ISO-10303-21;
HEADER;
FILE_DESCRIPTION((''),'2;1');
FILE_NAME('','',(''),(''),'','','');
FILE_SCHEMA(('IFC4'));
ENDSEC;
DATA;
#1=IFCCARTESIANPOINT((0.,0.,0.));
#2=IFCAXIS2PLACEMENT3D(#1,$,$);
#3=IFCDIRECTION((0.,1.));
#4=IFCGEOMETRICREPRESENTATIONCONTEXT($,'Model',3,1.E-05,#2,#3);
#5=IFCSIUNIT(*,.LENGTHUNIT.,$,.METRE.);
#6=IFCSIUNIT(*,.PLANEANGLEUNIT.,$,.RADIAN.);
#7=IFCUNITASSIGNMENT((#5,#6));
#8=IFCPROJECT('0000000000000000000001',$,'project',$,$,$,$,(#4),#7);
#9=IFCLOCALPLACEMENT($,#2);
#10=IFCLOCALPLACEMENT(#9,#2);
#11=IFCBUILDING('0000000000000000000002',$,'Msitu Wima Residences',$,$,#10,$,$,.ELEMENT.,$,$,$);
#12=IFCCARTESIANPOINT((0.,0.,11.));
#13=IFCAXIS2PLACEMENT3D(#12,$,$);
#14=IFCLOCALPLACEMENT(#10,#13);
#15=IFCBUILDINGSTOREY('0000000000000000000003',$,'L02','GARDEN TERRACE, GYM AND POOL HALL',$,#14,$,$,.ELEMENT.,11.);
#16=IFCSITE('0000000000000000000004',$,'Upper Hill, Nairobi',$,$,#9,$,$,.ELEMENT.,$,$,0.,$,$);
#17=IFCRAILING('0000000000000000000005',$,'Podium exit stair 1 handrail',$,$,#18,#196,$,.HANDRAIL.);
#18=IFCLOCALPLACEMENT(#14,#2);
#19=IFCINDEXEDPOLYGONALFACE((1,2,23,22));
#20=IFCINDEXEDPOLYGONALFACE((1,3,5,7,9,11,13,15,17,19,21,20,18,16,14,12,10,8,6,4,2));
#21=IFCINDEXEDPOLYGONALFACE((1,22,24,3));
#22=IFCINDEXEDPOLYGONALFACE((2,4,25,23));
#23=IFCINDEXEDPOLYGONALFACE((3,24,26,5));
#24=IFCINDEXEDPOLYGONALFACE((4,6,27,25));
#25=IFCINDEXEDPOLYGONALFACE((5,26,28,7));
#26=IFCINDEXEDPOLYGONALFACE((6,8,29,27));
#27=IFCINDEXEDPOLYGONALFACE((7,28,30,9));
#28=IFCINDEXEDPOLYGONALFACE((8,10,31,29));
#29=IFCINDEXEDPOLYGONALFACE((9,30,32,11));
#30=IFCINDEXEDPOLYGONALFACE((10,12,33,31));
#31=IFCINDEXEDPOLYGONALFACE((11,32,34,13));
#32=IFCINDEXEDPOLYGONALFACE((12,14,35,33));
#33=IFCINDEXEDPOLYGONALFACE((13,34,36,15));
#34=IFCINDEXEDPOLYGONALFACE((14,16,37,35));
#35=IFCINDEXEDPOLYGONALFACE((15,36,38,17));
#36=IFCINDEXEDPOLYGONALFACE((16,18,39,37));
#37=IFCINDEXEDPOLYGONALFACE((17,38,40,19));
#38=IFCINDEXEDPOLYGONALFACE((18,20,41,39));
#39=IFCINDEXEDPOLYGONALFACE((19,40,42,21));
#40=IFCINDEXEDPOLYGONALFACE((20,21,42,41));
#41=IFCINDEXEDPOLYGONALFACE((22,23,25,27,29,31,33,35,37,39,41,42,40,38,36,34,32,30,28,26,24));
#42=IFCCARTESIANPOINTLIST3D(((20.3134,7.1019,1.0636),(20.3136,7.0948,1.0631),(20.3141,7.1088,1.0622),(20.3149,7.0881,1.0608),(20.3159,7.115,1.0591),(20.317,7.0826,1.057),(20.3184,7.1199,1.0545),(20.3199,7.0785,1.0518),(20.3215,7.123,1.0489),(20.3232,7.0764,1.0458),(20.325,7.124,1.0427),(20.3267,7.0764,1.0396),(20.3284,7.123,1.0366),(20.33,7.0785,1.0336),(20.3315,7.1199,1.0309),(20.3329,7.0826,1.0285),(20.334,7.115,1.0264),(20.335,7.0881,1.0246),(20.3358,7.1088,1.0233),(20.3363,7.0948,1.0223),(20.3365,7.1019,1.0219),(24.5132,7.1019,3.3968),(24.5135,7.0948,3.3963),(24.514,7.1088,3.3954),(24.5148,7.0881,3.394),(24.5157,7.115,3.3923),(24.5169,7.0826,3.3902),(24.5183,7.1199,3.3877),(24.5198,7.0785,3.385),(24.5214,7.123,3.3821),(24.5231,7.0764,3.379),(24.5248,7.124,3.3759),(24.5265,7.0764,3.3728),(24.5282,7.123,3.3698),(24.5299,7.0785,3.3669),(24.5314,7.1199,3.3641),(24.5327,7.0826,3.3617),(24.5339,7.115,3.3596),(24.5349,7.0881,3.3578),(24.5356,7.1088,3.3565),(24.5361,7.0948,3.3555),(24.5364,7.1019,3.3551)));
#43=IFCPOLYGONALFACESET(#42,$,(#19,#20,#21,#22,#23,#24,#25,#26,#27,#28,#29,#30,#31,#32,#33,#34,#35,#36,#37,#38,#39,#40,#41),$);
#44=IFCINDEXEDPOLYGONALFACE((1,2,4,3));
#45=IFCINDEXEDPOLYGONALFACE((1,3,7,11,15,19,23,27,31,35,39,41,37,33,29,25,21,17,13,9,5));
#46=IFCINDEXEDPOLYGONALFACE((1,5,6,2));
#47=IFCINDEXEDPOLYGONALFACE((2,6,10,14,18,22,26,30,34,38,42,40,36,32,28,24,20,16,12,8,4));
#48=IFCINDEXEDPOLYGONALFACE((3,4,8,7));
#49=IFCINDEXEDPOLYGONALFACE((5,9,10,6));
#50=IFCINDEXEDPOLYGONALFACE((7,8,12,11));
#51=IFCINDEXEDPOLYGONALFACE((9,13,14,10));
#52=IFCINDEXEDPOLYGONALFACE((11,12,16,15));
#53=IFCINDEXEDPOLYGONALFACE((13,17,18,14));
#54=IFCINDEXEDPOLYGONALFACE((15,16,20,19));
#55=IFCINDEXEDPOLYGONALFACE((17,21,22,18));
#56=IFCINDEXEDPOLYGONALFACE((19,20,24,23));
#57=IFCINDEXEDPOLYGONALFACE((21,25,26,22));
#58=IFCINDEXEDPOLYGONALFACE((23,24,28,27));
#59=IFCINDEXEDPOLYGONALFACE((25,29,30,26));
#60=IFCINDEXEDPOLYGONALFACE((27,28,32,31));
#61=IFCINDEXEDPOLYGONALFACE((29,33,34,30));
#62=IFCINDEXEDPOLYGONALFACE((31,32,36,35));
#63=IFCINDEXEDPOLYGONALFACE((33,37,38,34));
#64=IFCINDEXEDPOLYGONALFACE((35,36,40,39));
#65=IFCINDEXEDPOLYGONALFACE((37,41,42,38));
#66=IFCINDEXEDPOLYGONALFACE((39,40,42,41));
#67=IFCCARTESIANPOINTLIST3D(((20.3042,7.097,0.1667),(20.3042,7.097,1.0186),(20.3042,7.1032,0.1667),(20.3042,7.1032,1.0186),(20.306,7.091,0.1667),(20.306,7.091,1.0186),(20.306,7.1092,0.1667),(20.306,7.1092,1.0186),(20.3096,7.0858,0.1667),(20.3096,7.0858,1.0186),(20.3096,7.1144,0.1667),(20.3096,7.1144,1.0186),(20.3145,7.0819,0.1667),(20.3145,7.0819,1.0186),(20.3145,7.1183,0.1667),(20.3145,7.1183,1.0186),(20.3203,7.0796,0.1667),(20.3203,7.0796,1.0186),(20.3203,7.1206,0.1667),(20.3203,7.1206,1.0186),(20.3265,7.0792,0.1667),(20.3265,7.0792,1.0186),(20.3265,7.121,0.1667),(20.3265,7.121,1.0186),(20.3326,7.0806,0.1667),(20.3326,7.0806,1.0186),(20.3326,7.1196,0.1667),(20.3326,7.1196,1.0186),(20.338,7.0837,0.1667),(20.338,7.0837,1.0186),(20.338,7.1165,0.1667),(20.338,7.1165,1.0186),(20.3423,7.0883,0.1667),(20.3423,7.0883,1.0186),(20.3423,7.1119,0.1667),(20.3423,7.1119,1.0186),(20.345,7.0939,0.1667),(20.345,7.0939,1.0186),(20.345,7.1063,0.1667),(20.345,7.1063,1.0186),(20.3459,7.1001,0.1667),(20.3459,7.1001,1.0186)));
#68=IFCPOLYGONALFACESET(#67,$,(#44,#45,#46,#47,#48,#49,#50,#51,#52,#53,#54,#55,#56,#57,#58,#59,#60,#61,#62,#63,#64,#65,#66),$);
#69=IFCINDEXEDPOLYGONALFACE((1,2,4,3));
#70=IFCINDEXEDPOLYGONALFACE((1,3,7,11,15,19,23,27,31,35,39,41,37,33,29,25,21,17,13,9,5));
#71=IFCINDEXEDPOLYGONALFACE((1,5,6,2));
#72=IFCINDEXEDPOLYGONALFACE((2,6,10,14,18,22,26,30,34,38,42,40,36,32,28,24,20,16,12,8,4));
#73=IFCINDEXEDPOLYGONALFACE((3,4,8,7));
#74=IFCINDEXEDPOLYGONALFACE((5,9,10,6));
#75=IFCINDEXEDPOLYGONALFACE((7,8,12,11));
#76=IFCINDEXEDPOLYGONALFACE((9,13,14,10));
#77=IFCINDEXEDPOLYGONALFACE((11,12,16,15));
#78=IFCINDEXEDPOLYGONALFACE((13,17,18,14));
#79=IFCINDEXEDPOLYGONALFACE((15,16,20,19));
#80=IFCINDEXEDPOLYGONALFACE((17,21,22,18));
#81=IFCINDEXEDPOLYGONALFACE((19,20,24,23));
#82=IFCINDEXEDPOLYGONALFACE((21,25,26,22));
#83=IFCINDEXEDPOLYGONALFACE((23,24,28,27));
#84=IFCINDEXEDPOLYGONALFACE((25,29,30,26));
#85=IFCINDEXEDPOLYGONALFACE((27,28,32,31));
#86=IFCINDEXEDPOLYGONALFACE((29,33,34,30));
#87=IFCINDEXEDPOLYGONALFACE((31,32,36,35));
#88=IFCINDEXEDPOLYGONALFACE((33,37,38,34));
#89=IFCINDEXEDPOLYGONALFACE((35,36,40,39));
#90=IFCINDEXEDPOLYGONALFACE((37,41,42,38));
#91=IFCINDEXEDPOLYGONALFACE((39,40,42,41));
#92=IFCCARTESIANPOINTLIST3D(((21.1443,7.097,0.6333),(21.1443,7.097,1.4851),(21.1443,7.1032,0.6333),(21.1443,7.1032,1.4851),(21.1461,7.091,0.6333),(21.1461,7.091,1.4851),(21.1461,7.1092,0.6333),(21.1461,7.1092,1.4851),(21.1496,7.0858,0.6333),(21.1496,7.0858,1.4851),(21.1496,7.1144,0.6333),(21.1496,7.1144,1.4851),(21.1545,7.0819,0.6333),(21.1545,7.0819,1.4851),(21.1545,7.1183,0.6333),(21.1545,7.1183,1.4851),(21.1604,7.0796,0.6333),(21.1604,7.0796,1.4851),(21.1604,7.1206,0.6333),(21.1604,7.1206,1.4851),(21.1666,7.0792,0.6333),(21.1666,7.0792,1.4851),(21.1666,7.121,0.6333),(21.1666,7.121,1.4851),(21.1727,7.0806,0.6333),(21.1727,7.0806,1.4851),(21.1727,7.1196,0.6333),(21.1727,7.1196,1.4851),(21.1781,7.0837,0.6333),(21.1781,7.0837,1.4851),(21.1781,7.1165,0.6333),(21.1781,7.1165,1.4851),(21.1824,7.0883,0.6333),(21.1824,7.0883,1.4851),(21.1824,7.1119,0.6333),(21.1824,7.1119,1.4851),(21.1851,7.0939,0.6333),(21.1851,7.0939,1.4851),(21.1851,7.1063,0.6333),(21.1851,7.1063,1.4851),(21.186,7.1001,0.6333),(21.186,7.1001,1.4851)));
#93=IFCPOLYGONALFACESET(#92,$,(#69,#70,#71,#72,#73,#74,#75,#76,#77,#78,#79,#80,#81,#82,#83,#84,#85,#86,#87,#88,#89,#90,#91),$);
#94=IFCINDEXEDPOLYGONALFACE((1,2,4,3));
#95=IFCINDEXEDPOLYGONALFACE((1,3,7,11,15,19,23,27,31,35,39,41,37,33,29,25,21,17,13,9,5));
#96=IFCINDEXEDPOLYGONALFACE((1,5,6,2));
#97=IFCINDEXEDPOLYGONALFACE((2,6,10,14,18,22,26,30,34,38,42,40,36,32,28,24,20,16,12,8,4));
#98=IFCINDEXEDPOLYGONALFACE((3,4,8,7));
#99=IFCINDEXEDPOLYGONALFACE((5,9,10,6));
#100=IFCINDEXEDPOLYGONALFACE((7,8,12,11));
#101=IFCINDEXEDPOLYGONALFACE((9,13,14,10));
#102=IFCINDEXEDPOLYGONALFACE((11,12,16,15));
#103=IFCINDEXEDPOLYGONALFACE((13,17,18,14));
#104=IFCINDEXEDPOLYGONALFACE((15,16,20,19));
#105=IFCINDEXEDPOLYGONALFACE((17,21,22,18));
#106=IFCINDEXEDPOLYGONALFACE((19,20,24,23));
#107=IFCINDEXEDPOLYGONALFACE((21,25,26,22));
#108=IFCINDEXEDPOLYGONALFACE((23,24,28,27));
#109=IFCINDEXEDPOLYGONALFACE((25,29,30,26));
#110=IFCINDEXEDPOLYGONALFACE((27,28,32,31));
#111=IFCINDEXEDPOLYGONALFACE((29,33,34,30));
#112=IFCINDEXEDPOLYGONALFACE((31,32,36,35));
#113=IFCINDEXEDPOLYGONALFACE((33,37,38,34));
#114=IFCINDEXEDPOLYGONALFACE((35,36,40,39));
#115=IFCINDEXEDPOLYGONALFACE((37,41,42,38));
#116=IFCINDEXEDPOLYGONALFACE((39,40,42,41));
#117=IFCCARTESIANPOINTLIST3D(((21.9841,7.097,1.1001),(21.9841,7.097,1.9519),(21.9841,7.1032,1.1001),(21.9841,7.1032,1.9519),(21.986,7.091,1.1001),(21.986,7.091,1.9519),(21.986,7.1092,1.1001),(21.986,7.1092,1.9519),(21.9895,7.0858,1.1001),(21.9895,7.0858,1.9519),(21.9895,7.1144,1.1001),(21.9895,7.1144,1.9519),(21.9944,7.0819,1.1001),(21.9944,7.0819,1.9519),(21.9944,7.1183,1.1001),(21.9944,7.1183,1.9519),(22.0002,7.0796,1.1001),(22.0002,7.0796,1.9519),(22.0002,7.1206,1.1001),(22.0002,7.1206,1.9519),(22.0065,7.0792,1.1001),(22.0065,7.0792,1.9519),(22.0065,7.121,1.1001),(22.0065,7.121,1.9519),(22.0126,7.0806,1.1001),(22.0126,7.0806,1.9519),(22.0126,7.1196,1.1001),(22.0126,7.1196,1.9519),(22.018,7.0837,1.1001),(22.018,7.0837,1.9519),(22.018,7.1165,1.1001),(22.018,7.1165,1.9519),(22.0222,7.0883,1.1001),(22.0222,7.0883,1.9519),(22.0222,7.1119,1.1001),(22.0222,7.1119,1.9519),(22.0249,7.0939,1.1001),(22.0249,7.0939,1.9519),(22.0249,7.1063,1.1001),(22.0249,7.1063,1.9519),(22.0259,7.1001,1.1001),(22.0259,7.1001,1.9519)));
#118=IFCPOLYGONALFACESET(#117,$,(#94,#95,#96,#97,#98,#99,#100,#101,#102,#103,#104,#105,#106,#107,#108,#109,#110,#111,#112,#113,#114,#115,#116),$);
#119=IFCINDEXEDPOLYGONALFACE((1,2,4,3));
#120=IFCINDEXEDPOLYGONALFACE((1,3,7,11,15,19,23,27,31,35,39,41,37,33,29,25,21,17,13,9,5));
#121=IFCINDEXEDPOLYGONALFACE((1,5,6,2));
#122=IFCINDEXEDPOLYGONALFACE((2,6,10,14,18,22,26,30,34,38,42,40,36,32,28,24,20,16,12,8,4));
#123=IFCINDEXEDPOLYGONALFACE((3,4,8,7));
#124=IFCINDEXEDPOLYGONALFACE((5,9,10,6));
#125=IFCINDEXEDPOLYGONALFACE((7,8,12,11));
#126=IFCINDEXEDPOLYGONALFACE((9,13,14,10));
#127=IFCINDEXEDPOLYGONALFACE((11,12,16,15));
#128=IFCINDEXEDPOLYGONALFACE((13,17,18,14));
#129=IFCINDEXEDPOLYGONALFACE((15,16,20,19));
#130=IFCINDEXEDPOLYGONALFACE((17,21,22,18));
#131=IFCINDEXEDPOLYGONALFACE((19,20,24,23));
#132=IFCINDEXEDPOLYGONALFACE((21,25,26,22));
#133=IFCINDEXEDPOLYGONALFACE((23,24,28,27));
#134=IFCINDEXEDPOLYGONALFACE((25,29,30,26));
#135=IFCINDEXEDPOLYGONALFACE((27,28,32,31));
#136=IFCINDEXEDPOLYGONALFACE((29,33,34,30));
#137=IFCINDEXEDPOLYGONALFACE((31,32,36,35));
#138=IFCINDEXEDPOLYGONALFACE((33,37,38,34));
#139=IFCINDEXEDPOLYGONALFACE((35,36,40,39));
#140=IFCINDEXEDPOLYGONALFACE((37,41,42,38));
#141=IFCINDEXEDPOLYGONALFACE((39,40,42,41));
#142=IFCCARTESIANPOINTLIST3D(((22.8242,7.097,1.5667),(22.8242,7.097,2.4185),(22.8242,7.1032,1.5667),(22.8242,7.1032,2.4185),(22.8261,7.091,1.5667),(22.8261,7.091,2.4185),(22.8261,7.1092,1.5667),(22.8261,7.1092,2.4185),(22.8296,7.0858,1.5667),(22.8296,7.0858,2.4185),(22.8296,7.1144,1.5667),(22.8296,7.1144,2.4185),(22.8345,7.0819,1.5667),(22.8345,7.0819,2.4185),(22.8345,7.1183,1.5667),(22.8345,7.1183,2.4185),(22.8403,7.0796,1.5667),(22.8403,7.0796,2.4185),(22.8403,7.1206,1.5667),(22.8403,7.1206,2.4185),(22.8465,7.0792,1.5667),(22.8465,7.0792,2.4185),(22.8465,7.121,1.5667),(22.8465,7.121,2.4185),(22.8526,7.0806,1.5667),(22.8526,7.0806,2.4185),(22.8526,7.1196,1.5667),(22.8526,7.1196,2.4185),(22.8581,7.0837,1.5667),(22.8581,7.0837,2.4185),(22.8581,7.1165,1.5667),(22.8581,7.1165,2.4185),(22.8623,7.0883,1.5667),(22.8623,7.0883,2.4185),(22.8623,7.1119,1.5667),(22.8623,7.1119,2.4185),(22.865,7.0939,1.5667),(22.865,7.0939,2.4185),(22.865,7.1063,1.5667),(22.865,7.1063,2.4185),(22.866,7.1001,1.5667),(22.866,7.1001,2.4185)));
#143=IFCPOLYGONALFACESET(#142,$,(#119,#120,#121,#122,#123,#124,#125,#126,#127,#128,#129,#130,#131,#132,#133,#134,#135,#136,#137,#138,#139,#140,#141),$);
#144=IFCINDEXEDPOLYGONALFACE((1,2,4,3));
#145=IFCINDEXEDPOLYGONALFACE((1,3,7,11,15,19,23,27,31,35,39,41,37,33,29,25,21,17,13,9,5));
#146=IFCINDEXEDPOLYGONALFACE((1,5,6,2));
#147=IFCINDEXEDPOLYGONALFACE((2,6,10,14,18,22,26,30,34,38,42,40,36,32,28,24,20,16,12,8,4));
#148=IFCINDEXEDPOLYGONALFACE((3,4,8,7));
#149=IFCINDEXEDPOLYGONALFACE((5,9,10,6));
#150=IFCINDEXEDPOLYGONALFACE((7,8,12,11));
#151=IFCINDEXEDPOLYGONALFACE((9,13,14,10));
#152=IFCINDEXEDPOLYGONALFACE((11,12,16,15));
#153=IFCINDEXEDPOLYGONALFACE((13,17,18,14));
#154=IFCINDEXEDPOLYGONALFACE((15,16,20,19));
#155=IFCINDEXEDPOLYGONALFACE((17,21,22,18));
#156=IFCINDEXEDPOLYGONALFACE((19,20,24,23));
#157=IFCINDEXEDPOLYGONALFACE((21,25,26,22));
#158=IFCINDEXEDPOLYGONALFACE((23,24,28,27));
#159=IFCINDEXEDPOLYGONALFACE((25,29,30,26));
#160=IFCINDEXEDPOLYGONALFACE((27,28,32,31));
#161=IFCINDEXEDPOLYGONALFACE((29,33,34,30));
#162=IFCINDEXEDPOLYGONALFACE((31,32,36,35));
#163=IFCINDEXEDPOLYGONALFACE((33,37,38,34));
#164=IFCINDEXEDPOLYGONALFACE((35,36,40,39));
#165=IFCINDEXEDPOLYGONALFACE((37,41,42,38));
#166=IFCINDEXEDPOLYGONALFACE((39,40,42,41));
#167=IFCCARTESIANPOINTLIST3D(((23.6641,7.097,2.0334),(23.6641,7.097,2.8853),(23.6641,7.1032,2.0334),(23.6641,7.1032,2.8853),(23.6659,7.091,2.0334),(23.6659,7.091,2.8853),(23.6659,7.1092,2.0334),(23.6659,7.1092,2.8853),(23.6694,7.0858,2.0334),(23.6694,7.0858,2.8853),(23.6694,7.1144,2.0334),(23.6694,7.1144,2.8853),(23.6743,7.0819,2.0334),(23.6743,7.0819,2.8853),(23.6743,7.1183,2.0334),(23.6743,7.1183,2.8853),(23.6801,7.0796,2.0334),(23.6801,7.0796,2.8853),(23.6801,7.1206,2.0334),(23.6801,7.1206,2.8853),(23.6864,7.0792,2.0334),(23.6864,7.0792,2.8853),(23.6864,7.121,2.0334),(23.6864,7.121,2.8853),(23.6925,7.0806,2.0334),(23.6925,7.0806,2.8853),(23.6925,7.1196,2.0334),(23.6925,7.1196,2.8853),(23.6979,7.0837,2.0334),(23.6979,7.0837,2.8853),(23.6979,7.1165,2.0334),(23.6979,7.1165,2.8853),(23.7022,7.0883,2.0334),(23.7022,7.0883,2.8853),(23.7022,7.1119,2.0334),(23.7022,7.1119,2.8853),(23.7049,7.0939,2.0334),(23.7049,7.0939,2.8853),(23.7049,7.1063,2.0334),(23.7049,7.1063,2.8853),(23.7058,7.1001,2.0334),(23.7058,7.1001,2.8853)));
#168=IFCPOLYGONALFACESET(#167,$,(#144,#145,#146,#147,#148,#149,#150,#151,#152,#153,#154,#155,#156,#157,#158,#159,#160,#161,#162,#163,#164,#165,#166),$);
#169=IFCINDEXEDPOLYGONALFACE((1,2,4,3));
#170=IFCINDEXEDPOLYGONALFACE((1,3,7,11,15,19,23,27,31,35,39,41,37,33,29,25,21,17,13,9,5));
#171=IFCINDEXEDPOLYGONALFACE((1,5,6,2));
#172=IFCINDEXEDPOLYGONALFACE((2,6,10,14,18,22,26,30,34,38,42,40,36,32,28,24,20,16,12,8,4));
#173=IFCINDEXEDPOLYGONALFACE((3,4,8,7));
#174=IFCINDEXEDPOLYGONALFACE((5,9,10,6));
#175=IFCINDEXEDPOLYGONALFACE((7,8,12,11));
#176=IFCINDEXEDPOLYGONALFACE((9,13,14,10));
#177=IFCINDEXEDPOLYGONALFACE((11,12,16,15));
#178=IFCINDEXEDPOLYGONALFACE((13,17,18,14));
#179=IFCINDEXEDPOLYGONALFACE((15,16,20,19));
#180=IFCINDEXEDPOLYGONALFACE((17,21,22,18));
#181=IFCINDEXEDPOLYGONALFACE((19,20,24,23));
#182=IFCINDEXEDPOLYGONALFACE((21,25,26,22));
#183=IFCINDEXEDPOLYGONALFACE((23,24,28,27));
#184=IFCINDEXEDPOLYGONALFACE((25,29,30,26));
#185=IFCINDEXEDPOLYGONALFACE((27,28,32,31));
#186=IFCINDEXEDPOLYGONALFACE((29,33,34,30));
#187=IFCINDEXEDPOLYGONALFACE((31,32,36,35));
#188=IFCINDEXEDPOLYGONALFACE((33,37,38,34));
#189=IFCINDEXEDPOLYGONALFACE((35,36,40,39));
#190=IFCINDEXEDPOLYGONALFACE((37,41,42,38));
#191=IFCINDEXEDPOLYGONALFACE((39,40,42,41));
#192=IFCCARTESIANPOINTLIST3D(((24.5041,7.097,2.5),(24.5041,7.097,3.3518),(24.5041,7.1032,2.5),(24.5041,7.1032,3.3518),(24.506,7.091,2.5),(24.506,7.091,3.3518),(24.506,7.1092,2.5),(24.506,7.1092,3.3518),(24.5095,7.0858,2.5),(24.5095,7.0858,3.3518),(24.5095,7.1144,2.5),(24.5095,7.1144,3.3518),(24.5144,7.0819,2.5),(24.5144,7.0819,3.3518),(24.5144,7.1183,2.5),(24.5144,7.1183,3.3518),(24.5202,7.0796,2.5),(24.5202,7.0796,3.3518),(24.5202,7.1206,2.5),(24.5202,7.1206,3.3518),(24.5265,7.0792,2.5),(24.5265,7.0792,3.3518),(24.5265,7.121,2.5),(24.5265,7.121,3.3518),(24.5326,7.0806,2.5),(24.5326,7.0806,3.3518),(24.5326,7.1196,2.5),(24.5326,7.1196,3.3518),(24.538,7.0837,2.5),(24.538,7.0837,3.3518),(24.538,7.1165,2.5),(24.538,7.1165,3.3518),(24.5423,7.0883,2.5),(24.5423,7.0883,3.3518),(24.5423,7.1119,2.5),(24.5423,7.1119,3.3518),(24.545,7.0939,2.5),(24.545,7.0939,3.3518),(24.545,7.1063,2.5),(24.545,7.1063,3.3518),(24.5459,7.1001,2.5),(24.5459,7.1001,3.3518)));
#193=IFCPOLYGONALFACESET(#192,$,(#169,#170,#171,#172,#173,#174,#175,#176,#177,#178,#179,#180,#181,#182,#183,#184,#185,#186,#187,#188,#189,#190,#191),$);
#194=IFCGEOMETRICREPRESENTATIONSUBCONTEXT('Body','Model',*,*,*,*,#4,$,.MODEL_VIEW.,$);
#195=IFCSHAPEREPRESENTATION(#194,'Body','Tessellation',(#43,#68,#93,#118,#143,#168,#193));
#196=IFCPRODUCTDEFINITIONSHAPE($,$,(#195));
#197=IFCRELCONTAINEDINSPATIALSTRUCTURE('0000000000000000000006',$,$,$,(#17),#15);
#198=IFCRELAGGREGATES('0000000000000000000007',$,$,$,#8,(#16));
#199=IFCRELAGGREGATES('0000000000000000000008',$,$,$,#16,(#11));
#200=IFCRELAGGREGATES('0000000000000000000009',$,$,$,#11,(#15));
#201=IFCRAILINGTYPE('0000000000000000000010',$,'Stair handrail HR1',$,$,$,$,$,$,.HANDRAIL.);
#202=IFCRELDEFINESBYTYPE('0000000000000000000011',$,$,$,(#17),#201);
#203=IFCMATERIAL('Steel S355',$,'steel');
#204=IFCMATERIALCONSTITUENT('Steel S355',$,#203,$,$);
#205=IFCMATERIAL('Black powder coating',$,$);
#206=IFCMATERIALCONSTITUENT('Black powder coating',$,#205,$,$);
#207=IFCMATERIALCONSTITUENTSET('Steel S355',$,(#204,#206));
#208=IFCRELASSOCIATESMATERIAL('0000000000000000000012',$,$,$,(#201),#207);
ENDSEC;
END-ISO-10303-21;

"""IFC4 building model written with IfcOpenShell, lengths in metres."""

from ifc_helpers import new_model, si_unit, direction, frame, origin, origin_2d, place, context, subcontext, project, spatial, circle, extrude, material, constituent, constituent_set, type_object, element, save


model = new_model("IFC4")

# Units and contexts
model_context = context("Model", 3, precision=1e-05, world=origin(), true_north=direction((0.0, 1.0)))
body_context = subcontext(model_context, "Body", "Model", "MODEL_VIEW")
ifc_project = project(units=[si_unit("LENGTHUNIT", "METRE"), si_unit("PLANEANGLEUNIT", "RADIAN")], contexts=[model_context])

# Site, building, storey
site_placement = place(None, origin())
site = spatial("IfcSite", under=ifc_project, at=site_placement, Name="Upper Hill, Nairobi", CompositionType="ELEMENT", RefElevation=0.0)
building_placement = place(site_placement, origin())
building = spatial("IfcBuilding", under=site, at=building_placement, Name="Msitu Wima Residences", CompositionType="ELEMENT")
storey_placement = place(building_placement, frame((0.0, 0.0, 11.0)))
storey = spatial("IfcBuildingStorey", under=building, at=storey_placement, Name="L02", Description="GARDEN TERRACE, GYM AND POOL HALL", CompositionType="ELEMENT", Elevation=11.0)

# Railing
ifc_material_1 = material(Name="Steel S355", Category="steel")
ifc_constituent_1 = constituent(ifc_material_1, Name="Steel S355")
ifc_material_2 = material(Name="Black powder coating")
ifc_constituent_2 = constituent(ifc_material_2, Name="Black powder coating")
ifc_constituent_set = constituent_set(constituents=[ifc_constituent_1, ifc_constituent_2], Name="Steel S355")
railing_type = type_object("IfcRailingType", Name="Stair handrail HR1", PredefinedType="HANDRAIL", material=ifc_constituent_set)
for number, where, name in (
    (1, (20.325, 7.1001, 0.1667), "Podium exit stair 1 handrail"),
):
    element("IfcRailing", number, at=place(storey_placement, frame(where)), inside=storey, type_object=railing_type, Name=name, PredefinedType="HANDRAIL", context=body_context, shape_type="SweptSolid", body=[
        extrude(circle(Radius=0.0239, at=origin_2d()), frame((0.0, 0.0, 0.876), z_axis=(0.874162, 0.0, 0.485634), x_axis=(0.0, 1.0, 0.0)), (0.0, 0.0, 1.0), 4.8044),
        extrude(circle(Radius=0.021, at=origin_2d()), origin(), (0.0, 0.0, 1.0), 0.8518),
        extrude(circle(Radius=0.021, at=origin_2d()), frame((0.8401, 0.0, 0.4666)), (0.0, 0.0, 1.0), 0.8518),
        extrude(circle(Radius=0.021, at=origin_2d()), frame((1.6799, 0.0, 0.9333)), (0.0, 0.0, 1.0), 0.8518),
        extrude(circle(Radius=0.021, at=origin_2d()), frame((2.52, 0.0, 1.3999)), (0.0, 0.0, 1.0), 0.8518),
        extrude(circle(Radius=0.021, at=origin_2d()), frame((3.3599, 0.0, 1.8667)), (0.0, 0.0, 1.0), 0.8518),
        extrude(circle(Radius=0.021, at=origin_2d()), frame((4.2, 0.0, 2.3333)), (0.0, 0.0, 1.0), 0.8518),
    ])

save(model, "model.ifc")
